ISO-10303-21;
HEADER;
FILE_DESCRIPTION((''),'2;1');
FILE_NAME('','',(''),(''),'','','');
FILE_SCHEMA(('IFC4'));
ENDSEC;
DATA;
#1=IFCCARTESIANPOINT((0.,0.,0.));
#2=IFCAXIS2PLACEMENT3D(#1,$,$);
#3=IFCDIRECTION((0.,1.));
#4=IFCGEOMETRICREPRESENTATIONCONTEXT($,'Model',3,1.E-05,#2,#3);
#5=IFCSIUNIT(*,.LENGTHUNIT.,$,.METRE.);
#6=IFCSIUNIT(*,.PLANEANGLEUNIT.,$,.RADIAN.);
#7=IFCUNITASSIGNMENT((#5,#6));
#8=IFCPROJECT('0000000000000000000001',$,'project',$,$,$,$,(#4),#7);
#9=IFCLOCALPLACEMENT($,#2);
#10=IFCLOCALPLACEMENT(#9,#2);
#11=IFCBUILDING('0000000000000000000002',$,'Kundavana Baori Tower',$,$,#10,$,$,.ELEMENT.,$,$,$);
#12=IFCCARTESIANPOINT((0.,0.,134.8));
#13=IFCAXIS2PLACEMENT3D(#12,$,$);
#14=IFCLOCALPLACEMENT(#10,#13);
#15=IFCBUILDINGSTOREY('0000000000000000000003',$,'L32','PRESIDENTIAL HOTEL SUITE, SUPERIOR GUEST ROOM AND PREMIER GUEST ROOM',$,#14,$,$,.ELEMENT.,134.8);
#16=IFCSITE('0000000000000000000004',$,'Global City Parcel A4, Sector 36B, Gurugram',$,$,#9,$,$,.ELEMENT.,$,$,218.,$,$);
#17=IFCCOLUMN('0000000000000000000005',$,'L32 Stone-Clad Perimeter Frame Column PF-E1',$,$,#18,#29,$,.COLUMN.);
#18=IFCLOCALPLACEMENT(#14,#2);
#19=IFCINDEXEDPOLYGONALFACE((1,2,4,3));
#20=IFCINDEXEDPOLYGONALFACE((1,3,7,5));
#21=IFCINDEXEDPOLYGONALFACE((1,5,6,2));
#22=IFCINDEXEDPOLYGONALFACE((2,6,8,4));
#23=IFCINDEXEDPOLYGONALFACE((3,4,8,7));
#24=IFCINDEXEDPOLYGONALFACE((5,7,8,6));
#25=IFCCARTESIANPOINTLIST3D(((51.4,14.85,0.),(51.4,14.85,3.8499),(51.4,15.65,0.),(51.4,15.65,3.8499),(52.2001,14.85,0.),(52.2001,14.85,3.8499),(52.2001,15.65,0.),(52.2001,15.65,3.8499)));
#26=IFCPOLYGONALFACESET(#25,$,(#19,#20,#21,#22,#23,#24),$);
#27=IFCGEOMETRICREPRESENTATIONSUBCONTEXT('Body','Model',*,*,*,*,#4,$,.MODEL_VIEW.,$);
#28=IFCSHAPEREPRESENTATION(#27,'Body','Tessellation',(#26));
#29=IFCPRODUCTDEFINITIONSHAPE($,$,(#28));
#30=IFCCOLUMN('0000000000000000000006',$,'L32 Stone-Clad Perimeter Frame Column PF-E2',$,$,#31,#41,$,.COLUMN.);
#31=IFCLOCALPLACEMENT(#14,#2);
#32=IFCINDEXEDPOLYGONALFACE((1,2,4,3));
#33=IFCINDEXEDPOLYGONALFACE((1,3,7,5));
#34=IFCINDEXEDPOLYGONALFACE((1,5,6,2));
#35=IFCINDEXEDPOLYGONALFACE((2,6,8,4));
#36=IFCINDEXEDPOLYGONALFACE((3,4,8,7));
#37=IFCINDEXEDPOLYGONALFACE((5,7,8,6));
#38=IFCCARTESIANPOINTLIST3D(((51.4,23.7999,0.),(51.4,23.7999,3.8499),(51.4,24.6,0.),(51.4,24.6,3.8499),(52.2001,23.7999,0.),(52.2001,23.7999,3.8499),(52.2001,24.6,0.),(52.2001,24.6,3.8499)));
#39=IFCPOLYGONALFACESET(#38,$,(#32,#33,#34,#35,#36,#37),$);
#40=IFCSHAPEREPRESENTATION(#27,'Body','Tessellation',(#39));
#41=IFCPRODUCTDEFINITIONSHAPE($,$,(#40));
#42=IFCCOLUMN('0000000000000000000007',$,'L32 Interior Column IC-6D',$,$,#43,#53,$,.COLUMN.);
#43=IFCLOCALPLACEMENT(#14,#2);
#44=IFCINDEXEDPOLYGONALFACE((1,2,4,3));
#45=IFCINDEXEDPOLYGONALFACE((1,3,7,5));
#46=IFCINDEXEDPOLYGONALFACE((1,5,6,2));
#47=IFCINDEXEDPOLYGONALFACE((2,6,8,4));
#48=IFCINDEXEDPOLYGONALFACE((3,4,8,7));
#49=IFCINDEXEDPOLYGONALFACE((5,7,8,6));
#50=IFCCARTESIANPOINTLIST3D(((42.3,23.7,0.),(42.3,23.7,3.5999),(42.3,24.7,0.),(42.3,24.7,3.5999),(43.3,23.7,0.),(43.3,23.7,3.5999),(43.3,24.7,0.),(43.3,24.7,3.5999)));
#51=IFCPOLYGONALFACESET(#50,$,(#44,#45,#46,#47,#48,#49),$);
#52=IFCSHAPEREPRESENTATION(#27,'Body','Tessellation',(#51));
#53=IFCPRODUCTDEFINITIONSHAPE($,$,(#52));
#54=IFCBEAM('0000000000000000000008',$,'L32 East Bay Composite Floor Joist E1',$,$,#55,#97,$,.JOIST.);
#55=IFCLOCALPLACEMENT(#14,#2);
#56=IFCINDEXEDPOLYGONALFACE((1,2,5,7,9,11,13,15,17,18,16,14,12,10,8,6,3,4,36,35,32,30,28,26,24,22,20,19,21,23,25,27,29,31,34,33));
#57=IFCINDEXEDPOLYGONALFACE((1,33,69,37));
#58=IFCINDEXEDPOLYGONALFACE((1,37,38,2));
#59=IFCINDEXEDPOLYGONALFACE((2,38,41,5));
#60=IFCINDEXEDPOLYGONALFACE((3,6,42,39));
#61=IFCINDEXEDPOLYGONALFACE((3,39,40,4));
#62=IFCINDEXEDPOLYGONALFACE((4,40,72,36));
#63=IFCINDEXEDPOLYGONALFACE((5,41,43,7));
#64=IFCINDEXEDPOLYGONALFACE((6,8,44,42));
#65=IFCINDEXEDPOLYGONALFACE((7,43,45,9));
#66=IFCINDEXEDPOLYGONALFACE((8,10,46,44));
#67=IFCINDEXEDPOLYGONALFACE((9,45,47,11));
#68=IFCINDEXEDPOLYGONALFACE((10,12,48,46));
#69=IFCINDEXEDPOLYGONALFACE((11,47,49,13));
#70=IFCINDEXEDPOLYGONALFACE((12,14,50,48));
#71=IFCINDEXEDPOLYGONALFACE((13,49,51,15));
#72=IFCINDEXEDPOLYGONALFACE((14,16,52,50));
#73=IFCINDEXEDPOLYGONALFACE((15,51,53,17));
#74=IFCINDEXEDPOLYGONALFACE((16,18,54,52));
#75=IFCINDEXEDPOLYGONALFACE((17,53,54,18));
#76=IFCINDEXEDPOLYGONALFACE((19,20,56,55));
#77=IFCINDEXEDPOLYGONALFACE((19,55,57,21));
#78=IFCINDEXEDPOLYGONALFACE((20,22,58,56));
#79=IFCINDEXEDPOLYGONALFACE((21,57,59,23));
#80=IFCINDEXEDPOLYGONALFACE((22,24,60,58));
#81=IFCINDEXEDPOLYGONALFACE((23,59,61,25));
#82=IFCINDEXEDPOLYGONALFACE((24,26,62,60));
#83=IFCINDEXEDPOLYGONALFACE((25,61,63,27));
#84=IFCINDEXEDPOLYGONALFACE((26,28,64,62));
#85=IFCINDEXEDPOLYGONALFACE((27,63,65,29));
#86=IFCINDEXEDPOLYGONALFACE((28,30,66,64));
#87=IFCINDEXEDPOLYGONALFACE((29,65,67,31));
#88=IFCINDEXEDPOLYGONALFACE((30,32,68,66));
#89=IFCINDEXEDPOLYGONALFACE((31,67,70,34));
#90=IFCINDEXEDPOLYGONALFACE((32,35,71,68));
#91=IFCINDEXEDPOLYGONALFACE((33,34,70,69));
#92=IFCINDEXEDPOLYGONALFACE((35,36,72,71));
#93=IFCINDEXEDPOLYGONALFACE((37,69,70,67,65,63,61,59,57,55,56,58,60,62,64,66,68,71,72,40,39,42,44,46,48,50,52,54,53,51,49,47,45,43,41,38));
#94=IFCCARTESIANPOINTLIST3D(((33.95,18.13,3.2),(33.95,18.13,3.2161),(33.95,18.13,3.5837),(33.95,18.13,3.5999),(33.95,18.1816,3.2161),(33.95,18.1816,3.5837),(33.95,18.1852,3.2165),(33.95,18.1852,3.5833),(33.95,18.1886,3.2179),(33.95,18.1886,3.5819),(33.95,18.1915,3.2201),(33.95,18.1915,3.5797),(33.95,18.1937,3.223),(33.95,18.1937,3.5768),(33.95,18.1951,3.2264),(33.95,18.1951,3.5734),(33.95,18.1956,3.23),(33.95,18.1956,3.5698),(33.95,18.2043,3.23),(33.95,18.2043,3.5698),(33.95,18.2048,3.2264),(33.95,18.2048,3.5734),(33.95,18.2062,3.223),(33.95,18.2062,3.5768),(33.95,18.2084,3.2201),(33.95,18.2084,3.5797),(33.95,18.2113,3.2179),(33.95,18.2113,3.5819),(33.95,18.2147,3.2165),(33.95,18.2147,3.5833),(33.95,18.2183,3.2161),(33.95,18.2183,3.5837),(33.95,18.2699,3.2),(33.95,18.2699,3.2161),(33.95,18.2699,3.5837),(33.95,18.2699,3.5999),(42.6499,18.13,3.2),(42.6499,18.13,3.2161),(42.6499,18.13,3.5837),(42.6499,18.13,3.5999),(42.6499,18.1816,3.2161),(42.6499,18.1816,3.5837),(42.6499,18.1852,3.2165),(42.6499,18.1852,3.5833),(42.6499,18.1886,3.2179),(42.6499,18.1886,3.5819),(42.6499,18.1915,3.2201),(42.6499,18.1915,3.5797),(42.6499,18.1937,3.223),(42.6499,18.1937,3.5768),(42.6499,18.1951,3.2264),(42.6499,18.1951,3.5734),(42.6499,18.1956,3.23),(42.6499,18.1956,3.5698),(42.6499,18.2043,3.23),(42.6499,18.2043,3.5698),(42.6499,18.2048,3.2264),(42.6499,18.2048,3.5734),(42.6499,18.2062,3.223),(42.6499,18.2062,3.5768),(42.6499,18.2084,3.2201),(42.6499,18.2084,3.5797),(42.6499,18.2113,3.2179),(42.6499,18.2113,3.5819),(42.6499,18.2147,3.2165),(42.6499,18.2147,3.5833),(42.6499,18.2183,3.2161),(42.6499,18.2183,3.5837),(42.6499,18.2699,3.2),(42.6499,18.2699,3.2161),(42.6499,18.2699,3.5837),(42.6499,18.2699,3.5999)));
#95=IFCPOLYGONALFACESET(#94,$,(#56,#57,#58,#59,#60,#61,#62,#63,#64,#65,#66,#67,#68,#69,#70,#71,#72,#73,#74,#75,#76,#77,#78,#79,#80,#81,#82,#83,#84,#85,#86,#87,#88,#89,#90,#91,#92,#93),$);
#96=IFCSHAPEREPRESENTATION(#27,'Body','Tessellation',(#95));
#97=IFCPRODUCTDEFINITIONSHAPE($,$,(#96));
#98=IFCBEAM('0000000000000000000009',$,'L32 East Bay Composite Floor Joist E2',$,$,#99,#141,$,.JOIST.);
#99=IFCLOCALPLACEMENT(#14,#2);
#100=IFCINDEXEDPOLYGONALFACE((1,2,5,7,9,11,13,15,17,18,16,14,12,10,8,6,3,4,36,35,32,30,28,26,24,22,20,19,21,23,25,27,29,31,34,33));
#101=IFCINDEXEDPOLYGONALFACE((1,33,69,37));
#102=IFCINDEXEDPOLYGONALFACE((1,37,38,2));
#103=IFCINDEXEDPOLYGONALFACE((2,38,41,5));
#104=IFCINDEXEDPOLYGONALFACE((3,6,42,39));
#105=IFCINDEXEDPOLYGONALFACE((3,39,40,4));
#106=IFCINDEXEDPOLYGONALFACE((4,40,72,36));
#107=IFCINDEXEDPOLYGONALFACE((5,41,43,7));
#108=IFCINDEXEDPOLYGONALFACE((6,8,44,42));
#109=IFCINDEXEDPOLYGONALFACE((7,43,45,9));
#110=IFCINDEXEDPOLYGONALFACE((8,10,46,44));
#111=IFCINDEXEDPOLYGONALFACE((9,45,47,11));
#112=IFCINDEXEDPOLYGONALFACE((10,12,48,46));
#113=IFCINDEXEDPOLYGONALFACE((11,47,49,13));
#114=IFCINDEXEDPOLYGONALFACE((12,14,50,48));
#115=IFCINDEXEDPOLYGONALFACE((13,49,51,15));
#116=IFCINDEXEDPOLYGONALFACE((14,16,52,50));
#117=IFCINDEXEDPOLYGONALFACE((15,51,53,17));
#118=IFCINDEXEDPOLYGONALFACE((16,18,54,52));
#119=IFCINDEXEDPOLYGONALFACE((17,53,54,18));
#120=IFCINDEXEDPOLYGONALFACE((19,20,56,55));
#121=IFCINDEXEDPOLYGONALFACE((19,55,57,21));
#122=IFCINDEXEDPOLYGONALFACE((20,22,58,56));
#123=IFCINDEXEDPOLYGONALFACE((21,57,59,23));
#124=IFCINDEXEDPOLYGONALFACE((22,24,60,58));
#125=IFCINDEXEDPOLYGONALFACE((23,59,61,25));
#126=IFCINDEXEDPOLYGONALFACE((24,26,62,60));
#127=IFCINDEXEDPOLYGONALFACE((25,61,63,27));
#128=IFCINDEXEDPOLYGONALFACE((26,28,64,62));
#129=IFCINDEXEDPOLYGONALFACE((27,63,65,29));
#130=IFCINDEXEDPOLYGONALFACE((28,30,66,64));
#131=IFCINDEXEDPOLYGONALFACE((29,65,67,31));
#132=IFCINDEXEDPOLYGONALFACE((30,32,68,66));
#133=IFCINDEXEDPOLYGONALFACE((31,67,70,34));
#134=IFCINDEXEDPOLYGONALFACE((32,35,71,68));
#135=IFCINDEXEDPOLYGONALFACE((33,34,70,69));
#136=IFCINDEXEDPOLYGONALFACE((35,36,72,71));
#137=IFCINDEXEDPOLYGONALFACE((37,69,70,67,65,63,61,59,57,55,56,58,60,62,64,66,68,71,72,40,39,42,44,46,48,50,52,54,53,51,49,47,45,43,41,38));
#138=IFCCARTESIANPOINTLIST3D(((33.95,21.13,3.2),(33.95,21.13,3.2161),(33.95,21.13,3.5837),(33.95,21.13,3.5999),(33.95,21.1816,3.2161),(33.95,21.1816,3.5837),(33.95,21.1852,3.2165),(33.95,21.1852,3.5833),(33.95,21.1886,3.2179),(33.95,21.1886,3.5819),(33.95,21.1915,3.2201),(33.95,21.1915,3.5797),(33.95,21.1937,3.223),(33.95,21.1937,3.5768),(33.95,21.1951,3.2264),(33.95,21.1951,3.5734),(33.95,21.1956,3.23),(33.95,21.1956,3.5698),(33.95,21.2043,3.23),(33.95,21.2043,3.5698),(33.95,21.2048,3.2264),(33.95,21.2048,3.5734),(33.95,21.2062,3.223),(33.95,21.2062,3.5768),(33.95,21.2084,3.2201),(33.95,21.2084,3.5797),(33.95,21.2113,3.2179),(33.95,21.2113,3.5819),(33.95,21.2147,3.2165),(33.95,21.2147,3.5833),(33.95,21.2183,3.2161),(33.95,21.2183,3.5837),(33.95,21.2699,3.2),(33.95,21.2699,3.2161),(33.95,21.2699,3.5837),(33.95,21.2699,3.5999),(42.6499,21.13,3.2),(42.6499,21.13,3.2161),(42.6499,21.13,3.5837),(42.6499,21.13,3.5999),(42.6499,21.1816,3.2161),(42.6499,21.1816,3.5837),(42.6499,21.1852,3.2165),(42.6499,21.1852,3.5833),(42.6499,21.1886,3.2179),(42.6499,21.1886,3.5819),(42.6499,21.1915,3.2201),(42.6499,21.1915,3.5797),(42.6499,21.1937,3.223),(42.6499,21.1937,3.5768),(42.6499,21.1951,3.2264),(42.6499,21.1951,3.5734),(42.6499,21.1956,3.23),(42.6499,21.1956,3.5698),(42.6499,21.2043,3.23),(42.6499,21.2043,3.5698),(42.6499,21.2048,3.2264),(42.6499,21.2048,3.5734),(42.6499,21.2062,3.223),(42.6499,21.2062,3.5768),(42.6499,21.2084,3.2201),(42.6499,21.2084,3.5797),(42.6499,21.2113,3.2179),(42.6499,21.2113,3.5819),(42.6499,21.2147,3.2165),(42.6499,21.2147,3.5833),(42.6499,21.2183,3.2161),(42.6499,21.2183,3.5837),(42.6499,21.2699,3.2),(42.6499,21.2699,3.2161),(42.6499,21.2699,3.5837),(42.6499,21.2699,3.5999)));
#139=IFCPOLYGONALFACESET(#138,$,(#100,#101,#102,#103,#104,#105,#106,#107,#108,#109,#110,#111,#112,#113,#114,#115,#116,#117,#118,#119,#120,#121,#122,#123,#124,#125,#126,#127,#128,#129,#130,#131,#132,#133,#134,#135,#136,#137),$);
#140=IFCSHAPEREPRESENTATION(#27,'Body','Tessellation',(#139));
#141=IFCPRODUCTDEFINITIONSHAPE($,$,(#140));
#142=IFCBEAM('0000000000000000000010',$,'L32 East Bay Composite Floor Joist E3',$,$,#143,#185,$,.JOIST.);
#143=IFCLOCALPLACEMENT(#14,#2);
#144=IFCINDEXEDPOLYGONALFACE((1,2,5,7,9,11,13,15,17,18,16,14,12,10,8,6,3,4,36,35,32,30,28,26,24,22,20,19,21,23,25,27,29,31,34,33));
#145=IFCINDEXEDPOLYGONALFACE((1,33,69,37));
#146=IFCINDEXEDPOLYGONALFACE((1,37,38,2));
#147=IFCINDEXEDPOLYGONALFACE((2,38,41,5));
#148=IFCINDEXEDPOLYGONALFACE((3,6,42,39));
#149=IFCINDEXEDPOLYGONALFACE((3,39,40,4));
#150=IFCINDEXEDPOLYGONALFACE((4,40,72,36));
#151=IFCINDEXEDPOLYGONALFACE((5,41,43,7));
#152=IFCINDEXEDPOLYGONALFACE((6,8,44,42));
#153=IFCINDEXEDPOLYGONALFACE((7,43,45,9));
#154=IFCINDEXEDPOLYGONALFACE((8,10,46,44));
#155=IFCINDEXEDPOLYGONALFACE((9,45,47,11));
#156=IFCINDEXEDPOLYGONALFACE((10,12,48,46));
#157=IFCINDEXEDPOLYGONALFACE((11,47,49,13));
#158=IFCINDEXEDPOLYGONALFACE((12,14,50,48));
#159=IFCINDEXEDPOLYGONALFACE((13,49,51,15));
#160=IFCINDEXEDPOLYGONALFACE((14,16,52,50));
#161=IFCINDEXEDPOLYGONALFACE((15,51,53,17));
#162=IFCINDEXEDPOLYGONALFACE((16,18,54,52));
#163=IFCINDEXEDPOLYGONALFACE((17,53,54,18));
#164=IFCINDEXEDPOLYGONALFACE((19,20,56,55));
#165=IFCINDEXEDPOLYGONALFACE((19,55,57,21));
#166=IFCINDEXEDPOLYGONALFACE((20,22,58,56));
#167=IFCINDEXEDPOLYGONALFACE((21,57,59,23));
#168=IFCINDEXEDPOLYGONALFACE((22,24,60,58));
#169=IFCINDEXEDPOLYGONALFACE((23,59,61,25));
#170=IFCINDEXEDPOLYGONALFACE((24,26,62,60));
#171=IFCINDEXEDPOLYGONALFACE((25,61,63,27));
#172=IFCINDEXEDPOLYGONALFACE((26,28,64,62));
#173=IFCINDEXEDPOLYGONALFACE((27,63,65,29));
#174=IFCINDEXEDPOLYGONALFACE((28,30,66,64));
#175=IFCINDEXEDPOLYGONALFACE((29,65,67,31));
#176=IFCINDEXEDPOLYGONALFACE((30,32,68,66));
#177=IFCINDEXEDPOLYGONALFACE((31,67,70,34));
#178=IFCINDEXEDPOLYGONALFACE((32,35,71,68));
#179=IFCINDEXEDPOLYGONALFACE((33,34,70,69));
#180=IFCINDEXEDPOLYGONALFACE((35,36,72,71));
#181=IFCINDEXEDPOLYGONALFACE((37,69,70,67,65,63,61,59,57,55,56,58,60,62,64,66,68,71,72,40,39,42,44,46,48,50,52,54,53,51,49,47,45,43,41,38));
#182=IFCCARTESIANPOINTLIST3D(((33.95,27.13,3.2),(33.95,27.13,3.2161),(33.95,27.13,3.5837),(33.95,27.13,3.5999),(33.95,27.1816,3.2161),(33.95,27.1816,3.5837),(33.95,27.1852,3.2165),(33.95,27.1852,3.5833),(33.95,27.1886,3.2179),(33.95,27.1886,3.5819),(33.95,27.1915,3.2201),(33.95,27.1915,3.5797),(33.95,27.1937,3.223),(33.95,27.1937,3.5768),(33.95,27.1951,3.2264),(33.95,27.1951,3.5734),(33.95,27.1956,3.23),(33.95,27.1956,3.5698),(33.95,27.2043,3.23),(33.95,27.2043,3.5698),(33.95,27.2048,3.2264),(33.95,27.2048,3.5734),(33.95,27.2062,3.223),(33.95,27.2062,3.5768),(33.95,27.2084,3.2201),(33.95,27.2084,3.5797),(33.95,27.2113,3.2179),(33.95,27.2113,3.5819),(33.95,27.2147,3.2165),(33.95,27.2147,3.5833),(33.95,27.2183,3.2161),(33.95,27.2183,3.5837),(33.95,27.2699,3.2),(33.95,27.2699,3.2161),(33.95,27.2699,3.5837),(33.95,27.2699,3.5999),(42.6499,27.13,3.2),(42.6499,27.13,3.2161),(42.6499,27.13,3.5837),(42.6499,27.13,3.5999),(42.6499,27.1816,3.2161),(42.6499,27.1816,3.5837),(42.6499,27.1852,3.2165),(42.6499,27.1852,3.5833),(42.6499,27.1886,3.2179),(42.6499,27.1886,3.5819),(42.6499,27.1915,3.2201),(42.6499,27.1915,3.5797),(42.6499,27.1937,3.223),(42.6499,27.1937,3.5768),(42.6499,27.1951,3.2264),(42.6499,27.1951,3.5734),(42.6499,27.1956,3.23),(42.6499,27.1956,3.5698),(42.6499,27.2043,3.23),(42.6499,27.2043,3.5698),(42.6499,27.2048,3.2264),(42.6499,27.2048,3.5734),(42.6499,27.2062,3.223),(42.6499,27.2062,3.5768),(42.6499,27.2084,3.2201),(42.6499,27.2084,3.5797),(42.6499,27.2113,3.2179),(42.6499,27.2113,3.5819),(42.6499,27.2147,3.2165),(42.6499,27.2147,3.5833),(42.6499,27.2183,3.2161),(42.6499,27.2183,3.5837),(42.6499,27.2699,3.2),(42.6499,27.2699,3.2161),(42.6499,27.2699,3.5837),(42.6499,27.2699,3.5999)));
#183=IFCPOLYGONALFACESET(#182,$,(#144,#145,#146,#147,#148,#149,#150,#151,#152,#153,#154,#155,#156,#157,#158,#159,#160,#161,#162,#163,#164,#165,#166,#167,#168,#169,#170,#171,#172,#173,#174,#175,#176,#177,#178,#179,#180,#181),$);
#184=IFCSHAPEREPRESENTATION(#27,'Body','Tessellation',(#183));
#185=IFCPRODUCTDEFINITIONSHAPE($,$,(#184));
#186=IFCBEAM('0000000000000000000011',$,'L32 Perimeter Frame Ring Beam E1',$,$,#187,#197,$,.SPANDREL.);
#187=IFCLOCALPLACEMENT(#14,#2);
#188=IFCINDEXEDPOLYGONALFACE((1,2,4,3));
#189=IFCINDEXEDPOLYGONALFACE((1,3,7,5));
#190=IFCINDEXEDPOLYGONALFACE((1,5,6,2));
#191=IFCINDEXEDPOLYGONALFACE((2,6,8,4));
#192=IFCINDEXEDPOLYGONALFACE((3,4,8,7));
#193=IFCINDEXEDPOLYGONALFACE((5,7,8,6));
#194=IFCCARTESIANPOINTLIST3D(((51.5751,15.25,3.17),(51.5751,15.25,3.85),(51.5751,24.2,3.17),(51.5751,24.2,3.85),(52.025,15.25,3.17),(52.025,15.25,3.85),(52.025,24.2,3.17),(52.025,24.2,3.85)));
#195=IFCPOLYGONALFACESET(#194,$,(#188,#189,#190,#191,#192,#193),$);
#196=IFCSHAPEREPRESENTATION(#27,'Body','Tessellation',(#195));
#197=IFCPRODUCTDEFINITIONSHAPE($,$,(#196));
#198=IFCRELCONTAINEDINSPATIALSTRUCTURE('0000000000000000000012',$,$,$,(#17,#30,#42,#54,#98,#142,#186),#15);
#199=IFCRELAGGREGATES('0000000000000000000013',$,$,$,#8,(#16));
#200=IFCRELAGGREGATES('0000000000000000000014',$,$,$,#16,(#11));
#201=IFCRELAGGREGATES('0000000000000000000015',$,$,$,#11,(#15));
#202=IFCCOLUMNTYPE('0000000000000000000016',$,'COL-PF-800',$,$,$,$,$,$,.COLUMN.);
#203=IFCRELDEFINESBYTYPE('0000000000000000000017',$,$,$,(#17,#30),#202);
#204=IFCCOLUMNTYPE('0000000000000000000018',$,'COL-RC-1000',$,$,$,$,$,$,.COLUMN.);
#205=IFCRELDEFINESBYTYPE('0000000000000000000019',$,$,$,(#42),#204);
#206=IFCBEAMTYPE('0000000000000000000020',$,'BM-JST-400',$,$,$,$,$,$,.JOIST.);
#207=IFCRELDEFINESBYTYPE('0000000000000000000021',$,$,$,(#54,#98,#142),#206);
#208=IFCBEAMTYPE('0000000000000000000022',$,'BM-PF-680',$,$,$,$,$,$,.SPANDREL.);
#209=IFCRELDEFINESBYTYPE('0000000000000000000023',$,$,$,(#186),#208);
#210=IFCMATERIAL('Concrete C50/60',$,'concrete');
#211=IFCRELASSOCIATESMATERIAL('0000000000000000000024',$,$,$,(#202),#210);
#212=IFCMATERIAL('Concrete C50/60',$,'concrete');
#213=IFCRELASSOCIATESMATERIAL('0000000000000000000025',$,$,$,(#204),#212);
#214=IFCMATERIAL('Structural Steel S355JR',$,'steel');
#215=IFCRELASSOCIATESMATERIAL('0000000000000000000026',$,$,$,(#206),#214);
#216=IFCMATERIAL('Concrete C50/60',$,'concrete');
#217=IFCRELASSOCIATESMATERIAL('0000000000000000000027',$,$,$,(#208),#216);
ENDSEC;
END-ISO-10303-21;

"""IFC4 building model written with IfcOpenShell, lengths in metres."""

from ifc_helpers import new_model, si_unit, direction, frame, origin, origin_2d, place, context, subcontext, project, spatial, rectangle, i_section, extrude, material, material_profile, profile_set, type_object, element, save


model = new_model("IFC4")

# Units and contexts
model_context = context("Model", 3, precision=1e-05, world=origin(), true_north=direction((0.0, 1.0)))
body_context = subcontext(model_context, "Body", "Model", "MODEL_VIEW")
ifc_project = project(units=[si_unit("LENGTHUNIT", "METRE"), si_unit("PLANEANGLEUNIT", "RADIAN")], contexts=[model_context])

# Site, building, storey
site_placement = place(None, origin())
site = spatial("IfcSite", under=ifc_project, at=site_placement, Name="Global City Parcel A4, Sector 36B, Gurugram", CompositionType="ELEMENT", RefElevation=218.0)
building_placement = place(site_placement, origin())
building = spatial("IfcBuilding", under=site, at=building_placement, Name="Kundavana Baori Tower", CompositionType="ELEMENT")
storey_placement = place(building_placement, frame((0.0, 0.0, 134.8)))
storey = spatial("IfcBuildingStorey", under=building, at=storey_placement, Name="L32", Description="PRESIDENTIAL HOTEL SUITE, SUPERIOR GUEST ROOM AND PREMIER GUEST ROOM", CompositionType="ELEMENT", Elevation=134.8)

# Columns
ifc_material_1 = material(Name="Concrete C50/60", Category="concrete")
ifc_material_profile_1 = material_profile(ifc_material_1, rectangle(XDim=0.8, YDim=0.8, at=origin_2d()), Name="RC PF 800x800")
ifc_profile_set_1 = profile_set([ifc_material_profile_1], Name="Concrete C50/60")
column_type_1 = type_object("IfcColumnType", Name="COL-PF-800", PredefinedType="COLUMN", material=ifc_profile_set_1)
for number, where, z_axis, x_axis, name in (
    (1, (51.8, 15.25, 0.0), (0.0, 0.0, 1.0), (1.0, 0.0, 0.0), "L32 Stone-Clad Perimeter Frame Column PF-E1"),
    (2, (51.8, 24.2, 0.0), (0.0, 0.0, 1.0), (1.0, 0.0, 0.0), "L32 Stone-Clad Perimeter Frame Column PF-E2"),
):
    element("IfcColumn", number, at=place(storey_placement, frame(where, z_axis=z_axis, x_axis=x_axis)), inside=storey, type_object=column_type_1, Name=name, PredefinedType="COLUMN", context=body_context, shape_type="SweptSolid", body=[
        extrude(rectangle(XDim=0.8, YDim=0.8, at=origin_2d()), origin(), (0.0, 0.0, 1.0), 3.8499),
    ])
ifc_material_2 = material(Name="Concrete C50/60", Category="concrete")
ifc_material_profile_2 = material_profile(ifc_material_2, rectangle(XDim=1.0, YDim=1.0, at=origin_2d()), Name="RC 1000x1000")
ifc_profile_set_2 = profile_set([ifc_material_profile_2], Name="Concrete C50/60")
column_type_2 = type_object("IfcColumnType", Name="COL-RC-1000", PredefinedType="COLUMN", material=ifc_profile_set_2)
column_placement = place(storey_placement, frame((42.8, 24.2, 0.0), z_axis=(0.0, 0.0, 1.0), x_axis=(1.0, 0.0, 0.0)))
element("IfcColumn", 3, at=column_placement, inside=storey, type_object=column_type_2, Name="L32 Interior Column IC-6D", PredefinedType="COLUMN", context=body_context, shape_type="SweptSolid", body=[
    extrude(rectangle(XDim=1.0, YDim=1.0, at=origin_2d()), origin(), (0.0, 0.0, 1.0), 3.5999),
])

# Beams
ifc_material_3 = material(Name="Structural Steel S355JR", Category="steel")
ifc_material_profile_3 = material_profile(ifc_material_3, i_section(OverallWidth=0.1399, OverallDepth=0.3999, WebThickness=0.0088, FlangeThickness=0.0161, FilletRadius=0.0139, at=origin_2d()), Name="ISMB 400")
ifc_profile_set_3 = profile_set([ifc_material_profile_3], Name="Structural Steel S355JR")
beam_type_1 = type_object("IfcBeamType", Name="BM-JST-400", PredefinedType="JOIST", material=ifc_profile_set_3)
for number, where, z_axis, x_axis, name in (
    (4, (33.95, 18.2, 3.3999), (1.0, 0.0, 0.0), (0.0, 1.0, 0.0), "L32 East Bay Composite Floor Joist E1"),
    (5, (33.95, 21.2, 3.3999), (1.0, 0.0, 0.0), (0.0, 1.0, 0.0), "L32 East Bay Composite Floor Joist E2"),
    (6, (33.95, 27.2, 3.3999), (1.0, 0.0, 0.0), (0.0, 1.0, 0.0), "L32 East Bay Composite Floor Joist E3"),
):
    element("IfcBeam", number, at=place(storey_placement, frame(where, z_axis=z_axis, x_axis=x_axis)), inside=storey, type_object=beam_type_1, Name=name, PredefinedType="JOIST", context=body_context, shape_type="SweptSolid", body=[
        extrude(i_section(OverallWidth=0.1399, OverallDepth=0.3999, WebThickness=0.0088, FlangeThickness=0.0161, FilletRadius=0.0139, at=origin_2d()), origin(), (0.0, 0.0, 1.0), 8.7),
    ])
ifc_material_4 = material(Name="Concrete C50/60", Category="concrete")
ifc_material_profile_4 = material_profile(ifc_material_4, rectangle(XDim=0.45, YDim=0.6799, at=origin_2d()), Name="RC BM 450x680")
ifc_profile_set_4 = profile_set([ifc_material_profile_4], Name="Concrete C50/60")
beam_type_2 = type_object("IfcBeamType", Name="BM-PF-680", PredefinedType="SPANDREL", material=ifc_profile_set_4)
beam_1_placement = place(storey_placement, frame((51.8, 15.25, 3.51), z_axis=(0.0, 1.0, 0.0), x_axis=(-1.0, 0.0, 0.0)))
element("IfcBeam", 7, at=beam_1_placement, inside=storey, type_object=beam_type_2, Name="L32 Perimeter Frame Ring Beam E1", PredefinedType="SPANDREL", context=body_context, shape_type="SweptSolid", body=[
    extrude(rectangle(XDim=0.45, YDim=0.6799, at=origin_2d()), origin(), (0.0, 0.0, 1.0), 8.95),
])

save(model, "model.ifc")
